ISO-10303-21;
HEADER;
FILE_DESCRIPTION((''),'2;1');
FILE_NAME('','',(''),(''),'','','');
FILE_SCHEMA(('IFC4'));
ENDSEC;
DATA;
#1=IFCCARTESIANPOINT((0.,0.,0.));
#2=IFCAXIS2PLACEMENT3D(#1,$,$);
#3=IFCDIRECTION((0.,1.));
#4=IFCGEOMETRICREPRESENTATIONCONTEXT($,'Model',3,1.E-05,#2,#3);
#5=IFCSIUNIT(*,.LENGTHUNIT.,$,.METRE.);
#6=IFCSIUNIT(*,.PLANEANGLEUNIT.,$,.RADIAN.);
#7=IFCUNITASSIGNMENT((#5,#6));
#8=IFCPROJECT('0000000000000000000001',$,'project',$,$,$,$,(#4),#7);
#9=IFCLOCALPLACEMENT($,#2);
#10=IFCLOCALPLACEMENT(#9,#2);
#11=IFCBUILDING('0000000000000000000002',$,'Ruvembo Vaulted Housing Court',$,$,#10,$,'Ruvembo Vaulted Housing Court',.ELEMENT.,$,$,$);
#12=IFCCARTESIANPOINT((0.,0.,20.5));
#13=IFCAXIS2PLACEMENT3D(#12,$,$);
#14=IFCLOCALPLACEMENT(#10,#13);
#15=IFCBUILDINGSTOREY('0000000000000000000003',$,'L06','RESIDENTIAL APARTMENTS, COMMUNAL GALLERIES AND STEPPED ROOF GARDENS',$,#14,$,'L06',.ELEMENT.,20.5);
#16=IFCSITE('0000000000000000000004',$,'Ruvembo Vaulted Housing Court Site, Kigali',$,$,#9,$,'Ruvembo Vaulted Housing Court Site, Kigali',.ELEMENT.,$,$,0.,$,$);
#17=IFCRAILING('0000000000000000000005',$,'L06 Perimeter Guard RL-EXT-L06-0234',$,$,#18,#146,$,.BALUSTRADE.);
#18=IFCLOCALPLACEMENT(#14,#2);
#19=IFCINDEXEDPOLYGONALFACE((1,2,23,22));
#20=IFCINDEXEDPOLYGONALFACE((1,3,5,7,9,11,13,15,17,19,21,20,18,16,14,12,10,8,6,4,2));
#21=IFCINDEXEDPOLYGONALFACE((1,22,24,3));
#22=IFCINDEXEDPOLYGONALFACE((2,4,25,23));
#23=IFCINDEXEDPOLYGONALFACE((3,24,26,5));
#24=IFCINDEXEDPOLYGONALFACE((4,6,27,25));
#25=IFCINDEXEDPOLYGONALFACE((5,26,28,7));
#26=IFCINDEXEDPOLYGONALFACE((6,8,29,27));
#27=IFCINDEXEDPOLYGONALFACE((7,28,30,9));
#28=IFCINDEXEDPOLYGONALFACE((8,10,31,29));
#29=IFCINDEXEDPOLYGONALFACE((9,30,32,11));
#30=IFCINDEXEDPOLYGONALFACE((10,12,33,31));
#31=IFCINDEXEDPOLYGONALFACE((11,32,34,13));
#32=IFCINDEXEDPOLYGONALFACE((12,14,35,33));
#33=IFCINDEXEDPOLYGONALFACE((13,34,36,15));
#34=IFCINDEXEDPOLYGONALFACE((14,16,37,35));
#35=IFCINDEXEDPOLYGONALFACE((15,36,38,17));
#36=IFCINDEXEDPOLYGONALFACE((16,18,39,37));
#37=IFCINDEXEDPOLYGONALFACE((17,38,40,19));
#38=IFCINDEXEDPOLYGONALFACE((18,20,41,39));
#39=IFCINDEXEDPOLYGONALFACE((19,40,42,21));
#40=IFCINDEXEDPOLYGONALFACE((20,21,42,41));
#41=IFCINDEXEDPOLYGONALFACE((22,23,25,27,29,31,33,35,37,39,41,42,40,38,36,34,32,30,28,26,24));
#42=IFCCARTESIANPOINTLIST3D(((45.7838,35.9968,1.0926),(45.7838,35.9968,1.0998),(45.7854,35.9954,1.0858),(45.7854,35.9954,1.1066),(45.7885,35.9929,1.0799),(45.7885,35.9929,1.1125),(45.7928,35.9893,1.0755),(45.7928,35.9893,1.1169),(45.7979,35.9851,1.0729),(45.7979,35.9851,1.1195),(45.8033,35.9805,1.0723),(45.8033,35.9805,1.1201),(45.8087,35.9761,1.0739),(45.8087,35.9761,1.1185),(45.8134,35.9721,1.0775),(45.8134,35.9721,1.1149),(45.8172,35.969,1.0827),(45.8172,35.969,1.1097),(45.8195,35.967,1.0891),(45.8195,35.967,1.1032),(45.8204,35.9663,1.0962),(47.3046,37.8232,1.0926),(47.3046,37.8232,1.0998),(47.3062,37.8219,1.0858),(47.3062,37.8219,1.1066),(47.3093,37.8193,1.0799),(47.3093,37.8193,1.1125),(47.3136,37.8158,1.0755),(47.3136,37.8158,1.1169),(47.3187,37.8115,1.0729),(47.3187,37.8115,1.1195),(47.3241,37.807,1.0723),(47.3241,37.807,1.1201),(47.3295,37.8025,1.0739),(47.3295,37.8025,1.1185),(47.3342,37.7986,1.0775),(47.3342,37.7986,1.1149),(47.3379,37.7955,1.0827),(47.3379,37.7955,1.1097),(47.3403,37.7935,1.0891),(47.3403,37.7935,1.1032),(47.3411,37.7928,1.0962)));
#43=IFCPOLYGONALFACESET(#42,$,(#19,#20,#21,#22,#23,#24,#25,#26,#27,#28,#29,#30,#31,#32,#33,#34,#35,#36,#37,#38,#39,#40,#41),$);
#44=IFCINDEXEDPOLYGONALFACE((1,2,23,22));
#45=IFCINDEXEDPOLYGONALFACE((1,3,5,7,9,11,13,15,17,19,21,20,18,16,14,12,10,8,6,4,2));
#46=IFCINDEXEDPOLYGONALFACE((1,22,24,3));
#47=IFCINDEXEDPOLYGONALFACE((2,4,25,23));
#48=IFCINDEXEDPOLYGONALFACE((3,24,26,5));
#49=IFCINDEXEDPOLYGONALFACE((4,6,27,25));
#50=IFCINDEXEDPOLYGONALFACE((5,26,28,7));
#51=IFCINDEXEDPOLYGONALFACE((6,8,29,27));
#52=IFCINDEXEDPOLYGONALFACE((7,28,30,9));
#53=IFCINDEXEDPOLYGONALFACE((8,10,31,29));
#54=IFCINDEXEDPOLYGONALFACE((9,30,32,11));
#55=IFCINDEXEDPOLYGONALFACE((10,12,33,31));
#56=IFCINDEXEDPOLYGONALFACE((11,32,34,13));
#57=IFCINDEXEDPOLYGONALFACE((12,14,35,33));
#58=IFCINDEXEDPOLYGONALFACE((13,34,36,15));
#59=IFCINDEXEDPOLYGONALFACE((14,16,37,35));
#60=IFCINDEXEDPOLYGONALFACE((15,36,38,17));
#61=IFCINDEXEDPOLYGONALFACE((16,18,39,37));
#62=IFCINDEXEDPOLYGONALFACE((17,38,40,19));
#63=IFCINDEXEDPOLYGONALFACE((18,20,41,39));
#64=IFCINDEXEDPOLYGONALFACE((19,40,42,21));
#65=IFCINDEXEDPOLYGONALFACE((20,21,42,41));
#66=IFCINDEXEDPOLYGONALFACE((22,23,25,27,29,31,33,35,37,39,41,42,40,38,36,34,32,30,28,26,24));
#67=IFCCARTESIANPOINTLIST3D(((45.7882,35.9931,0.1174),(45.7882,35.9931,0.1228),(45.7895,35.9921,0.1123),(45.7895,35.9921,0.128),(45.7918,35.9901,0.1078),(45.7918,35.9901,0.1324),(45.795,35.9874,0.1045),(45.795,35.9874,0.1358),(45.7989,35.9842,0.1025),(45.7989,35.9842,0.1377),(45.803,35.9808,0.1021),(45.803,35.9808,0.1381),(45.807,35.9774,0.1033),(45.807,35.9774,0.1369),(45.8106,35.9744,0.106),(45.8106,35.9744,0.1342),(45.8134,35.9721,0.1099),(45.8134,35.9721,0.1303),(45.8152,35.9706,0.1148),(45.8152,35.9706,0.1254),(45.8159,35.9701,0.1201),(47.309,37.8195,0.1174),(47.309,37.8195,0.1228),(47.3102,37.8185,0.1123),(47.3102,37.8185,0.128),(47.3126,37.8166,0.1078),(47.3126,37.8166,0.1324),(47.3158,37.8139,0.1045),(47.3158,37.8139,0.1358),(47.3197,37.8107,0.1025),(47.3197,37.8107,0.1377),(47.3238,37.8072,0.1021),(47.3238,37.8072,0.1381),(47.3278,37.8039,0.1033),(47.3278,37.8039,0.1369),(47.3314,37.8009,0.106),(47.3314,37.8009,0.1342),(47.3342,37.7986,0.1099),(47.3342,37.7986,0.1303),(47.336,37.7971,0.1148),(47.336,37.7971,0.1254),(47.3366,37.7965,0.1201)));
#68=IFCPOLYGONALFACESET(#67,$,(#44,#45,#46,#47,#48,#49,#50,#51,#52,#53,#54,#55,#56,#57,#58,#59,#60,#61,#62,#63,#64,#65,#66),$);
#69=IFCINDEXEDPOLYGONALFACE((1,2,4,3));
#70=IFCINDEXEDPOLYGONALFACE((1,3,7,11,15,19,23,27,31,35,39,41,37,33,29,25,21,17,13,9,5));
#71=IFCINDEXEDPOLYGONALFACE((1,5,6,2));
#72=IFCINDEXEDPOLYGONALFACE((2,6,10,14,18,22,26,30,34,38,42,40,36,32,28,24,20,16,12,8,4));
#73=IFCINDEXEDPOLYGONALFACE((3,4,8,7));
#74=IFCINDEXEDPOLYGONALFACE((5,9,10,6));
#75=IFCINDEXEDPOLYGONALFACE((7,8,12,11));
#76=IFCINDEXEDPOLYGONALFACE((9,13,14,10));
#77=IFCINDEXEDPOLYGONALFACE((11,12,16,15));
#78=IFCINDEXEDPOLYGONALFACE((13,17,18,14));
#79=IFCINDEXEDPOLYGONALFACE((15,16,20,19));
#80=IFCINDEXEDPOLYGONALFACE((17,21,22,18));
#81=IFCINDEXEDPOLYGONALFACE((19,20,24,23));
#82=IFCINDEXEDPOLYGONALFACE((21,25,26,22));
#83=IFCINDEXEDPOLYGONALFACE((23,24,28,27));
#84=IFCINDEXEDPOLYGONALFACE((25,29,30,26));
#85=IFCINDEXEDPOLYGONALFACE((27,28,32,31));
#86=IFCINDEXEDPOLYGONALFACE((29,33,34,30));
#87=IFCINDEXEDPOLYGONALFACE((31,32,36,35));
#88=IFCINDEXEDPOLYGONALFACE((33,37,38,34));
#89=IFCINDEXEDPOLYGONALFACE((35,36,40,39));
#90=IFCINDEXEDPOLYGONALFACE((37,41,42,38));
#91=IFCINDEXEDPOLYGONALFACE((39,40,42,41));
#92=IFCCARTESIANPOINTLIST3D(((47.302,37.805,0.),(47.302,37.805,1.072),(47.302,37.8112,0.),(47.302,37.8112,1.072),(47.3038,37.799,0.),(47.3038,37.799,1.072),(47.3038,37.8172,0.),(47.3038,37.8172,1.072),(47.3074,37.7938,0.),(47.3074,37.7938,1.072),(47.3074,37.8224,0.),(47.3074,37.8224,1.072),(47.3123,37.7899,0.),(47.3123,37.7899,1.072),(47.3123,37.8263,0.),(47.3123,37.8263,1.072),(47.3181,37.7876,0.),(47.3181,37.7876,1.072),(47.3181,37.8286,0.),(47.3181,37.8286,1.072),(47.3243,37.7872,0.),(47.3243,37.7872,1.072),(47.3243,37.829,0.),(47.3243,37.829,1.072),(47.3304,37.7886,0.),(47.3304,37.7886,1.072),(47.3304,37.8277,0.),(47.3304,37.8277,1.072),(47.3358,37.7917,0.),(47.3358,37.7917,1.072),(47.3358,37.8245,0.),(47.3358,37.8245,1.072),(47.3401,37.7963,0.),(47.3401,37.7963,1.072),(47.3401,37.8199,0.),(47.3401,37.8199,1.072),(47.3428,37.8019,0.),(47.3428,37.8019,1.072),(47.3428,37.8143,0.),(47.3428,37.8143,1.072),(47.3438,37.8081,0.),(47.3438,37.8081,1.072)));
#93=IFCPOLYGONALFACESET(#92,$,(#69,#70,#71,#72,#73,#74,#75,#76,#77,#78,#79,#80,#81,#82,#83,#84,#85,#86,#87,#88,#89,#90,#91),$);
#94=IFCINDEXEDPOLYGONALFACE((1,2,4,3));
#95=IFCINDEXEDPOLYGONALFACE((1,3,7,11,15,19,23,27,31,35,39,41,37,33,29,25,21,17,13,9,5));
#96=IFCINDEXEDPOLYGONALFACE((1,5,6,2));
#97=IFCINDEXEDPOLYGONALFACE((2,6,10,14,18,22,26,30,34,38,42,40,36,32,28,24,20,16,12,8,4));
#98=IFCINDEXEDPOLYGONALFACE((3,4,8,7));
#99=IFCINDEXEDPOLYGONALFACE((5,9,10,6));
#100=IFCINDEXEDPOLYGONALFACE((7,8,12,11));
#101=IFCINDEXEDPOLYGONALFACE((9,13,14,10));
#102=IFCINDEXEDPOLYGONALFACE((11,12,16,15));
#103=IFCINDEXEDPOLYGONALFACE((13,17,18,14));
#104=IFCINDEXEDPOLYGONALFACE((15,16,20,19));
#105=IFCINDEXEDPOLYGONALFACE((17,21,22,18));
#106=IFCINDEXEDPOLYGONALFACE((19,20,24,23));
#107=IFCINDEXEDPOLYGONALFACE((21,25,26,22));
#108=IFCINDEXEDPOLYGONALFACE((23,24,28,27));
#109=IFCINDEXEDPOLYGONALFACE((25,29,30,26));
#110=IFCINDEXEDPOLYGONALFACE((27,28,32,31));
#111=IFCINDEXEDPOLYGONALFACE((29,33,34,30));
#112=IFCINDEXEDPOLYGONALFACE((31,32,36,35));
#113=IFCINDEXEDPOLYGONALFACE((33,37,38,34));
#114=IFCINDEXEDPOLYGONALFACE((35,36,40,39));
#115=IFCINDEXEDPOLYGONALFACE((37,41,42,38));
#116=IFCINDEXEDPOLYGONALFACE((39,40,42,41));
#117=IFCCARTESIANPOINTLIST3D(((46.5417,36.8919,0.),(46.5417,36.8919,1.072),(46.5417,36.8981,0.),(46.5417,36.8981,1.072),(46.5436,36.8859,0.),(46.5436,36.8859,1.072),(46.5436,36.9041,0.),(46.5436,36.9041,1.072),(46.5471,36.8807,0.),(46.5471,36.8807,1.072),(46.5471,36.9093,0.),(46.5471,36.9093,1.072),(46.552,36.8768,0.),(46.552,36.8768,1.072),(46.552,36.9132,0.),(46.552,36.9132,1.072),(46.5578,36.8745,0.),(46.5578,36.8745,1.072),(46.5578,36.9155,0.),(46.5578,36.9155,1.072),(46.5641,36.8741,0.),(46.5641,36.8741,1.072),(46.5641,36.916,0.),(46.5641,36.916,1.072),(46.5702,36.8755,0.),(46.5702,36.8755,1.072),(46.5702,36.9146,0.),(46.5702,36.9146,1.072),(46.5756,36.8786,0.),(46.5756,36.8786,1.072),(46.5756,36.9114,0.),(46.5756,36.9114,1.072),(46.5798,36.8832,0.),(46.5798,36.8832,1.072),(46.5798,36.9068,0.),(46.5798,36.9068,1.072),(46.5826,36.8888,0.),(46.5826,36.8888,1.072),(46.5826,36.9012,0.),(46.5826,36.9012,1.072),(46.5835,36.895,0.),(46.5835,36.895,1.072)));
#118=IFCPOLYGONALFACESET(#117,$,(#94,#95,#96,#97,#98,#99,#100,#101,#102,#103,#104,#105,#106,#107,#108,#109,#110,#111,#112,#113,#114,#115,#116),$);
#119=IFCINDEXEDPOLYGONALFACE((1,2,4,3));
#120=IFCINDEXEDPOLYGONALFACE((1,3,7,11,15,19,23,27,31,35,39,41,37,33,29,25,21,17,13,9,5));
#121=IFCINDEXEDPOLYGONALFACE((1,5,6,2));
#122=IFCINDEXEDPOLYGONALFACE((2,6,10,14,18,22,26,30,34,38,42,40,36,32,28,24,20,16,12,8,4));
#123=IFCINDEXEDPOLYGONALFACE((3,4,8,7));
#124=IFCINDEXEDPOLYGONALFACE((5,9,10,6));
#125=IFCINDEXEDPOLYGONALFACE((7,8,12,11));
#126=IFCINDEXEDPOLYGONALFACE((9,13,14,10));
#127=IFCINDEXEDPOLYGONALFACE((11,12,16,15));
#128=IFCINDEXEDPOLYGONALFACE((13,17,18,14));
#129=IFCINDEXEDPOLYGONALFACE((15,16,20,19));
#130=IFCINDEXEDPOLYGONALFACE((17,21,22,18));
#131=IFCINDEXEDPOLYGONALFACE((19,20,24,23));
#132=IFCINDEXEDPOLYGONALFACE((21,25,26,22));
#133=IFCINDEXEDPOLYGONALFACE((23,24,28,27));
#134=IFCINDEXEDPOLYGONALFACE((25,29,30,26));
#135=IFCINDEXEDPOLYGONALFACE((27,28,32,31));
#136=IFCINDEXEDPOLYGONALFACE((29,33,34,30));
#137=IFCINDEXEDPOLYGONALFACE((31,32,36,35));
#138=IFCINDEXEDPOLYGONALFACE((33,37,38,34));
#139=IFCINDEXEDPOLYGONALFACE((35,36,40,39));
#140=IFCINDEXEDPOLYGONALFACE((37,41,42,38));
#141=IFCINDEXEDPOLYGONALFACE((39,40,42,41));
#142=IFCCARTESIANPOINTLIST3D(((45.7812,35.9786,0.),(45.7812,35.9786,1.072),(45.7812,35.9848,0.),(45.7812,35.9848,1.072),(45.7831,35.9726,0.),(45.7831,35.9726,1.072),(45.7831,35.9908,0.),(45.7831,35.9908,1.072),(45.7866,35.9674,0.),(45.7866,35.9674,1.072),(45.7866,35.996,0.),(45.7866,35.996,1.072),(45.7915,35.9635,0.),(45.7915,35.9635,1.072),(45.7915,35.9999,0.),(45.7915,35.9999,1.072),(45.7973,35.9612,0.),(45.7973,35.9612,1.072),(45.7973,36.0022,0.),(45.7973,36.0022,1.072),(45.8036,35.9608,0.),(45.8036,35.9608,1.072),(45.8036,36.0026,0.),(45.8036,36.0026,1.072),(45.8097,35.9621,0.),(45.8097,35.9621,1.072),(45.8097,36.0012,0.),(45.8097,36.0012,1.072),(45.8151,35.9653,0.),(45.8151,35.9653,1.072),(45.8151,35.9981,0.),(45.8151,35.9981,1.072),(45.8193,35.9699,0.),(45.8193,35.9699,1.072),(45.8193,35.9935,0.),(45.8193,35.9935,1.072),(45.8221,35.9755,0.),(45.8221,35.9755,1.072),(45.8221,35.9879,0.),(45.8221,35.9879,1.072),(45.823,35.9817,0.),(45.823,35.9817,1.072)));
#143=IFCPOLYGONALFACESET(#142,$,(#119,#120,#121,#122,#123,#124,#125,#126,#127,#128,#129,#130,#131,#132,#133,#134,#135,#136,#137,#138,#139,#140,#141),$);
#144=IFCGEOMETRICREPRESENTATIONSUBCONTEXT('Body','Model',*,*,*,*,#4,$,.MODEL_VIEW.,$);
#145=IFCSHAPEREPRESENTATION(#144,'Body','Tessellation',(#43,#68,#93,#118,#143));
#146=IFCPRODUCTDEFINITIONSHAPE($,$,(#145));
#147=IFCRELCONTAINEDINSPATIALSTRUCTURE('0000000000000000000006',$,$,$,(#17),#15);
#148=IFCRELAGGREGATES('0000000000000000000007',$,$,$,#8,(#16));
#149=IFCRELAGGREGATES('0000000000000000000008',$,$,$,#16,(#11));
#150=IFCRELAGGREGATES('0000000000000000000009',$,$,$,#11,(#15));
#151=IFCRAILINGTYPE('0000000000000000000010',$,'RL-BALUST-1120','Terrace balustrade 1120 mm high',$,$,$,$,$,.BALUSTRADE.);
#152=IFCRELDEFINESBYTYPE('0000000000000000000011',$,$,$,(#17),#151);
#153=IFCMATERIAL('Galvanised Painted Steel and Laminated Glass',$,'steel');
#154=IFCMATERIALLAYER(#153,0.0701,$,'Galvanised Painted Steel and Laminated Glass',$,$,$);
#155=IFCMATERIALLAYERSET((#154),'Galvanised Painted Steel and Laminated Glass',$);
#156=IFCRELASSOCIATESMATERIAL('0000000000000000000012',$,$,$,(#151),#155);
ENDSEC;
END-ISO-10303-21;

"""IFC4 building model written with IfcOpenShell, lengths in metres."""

from ifc_helpers import new_model, si_unit, direction, frame, origin, origin_2d, place, context, subcontext, project, spatial, circle, extrude, material, layer, layer_set, type_object, element, save


model = new_model("IFC4")

# Units and contexts
model_context = context("Model", 3, precision=1e-05, world=origin(), true_north=direction((0.0, 1.0)))
body_context = subcontext(model_context, "Body", "Model", "MODEL_VIEW")
ifc_project = project(units=[si_unit("LENGTHUNIT", "METRE"), si_unit("PLANEANGLEUNIT", "RADIAN")], contexts=[model_context])

# Site, building, storey
site_placement = place(None, origin())
site = spatial("IfcSite", under=ifc_project, at=site_placement, Name="Ruvembo Vaulted Housing Court Site, Kigali", LongName="Ruvembo Vaulted Housing Court Site, Kigali", CompositionType="ELEMENT", RefElevation=0.0)
building_placement = place(site_placement, origin())
building = spatial("IfcBuilding", under=site, at=building_placement, Name="Ruvembo Vaulted Housing Court", LongName="Ruvembo Vaulted Housing Court", CompositionType="ELEMENT")
storey_placement = place(building_placement, frame((0.0, 0.0, 20.5)))
storey = spatial("IfcBuildingStorey", under=building, at=storey_placement, Name="L06", Description="RESIDENTIAL APARTMENTS, COMMUNAL GALLERIES AND STEPPED ROOF GARDENS", LongName="L06", CompositionType="ELEMENT", Elevation=20.5)

# Railing
ifc_material_1 = material(Name="Galvanised Painted Steel and Laminated Glass", Category="steel")
ifc_layer_1 = layer(ifc_material_1, 0.0701, Name="Galvanised Painted Steel and Laminated Glass")
ifc_layer_set_1 = layer_set([ifc_layer_1], Name="Galvanised Painted Steel and Laminated Glass")
railing_type = type_object("IfcRailingType", Name="RL-BALUST-1120", Description="Terrace balustrade 1120 mm high", PredefinedType="BALUSTRADE", material=ifc_layer_set_1)
railing_1_placement = place(storey_placement, frame((47.3228, 37.8081, 0.0)))
element("IfcRailing", 1, at=railing_1_placement, inside=storey, type_object=railing_type, Name="L06 Perimeter Guard RL-EXT-L06-0234", PredefinedType="BALUSTRADE", context=body_context, shape_type="SweptSolid", body=[
    extrude(circle(Radius=0.0239, at=origin_2d()), frame((0.0, 0.0, 1.0962), z_axis=(-0.639871, -0.768482, 0.0), x_axis=(0.768482, -0.639871, 0.0)), (0.0, 0.0, 1.0), 2.3767),
    extrude(circle(Radius=0.0181, at=origin_2d()), frame((0.0, 0.0, 0.1201), z_axis=(-0.639871, -0.768482, 0.0), x_axis=(0.768482, -0.639871, 0.0)), (0.0, 0.0, 1.0), 2.3767),
    extrude(circle(Radius=0.021, at=origin_2d()), origin(), (0.0, 0.0, 1.0), 1.072),
    extrude(circle(Radius=0.021, at=origin_2d()), frame((-0.7603, -0.9131, 0.0)), (0.0, 0.0, 1.0), 1.072),
    extrude(circle(Radius=0.021, at=origin_2d()), frame((-1.5208, -1.8264, 0.0)), (0.0, 0.0, 1.0), 1.072),
])

save(model, "model.ifc")
